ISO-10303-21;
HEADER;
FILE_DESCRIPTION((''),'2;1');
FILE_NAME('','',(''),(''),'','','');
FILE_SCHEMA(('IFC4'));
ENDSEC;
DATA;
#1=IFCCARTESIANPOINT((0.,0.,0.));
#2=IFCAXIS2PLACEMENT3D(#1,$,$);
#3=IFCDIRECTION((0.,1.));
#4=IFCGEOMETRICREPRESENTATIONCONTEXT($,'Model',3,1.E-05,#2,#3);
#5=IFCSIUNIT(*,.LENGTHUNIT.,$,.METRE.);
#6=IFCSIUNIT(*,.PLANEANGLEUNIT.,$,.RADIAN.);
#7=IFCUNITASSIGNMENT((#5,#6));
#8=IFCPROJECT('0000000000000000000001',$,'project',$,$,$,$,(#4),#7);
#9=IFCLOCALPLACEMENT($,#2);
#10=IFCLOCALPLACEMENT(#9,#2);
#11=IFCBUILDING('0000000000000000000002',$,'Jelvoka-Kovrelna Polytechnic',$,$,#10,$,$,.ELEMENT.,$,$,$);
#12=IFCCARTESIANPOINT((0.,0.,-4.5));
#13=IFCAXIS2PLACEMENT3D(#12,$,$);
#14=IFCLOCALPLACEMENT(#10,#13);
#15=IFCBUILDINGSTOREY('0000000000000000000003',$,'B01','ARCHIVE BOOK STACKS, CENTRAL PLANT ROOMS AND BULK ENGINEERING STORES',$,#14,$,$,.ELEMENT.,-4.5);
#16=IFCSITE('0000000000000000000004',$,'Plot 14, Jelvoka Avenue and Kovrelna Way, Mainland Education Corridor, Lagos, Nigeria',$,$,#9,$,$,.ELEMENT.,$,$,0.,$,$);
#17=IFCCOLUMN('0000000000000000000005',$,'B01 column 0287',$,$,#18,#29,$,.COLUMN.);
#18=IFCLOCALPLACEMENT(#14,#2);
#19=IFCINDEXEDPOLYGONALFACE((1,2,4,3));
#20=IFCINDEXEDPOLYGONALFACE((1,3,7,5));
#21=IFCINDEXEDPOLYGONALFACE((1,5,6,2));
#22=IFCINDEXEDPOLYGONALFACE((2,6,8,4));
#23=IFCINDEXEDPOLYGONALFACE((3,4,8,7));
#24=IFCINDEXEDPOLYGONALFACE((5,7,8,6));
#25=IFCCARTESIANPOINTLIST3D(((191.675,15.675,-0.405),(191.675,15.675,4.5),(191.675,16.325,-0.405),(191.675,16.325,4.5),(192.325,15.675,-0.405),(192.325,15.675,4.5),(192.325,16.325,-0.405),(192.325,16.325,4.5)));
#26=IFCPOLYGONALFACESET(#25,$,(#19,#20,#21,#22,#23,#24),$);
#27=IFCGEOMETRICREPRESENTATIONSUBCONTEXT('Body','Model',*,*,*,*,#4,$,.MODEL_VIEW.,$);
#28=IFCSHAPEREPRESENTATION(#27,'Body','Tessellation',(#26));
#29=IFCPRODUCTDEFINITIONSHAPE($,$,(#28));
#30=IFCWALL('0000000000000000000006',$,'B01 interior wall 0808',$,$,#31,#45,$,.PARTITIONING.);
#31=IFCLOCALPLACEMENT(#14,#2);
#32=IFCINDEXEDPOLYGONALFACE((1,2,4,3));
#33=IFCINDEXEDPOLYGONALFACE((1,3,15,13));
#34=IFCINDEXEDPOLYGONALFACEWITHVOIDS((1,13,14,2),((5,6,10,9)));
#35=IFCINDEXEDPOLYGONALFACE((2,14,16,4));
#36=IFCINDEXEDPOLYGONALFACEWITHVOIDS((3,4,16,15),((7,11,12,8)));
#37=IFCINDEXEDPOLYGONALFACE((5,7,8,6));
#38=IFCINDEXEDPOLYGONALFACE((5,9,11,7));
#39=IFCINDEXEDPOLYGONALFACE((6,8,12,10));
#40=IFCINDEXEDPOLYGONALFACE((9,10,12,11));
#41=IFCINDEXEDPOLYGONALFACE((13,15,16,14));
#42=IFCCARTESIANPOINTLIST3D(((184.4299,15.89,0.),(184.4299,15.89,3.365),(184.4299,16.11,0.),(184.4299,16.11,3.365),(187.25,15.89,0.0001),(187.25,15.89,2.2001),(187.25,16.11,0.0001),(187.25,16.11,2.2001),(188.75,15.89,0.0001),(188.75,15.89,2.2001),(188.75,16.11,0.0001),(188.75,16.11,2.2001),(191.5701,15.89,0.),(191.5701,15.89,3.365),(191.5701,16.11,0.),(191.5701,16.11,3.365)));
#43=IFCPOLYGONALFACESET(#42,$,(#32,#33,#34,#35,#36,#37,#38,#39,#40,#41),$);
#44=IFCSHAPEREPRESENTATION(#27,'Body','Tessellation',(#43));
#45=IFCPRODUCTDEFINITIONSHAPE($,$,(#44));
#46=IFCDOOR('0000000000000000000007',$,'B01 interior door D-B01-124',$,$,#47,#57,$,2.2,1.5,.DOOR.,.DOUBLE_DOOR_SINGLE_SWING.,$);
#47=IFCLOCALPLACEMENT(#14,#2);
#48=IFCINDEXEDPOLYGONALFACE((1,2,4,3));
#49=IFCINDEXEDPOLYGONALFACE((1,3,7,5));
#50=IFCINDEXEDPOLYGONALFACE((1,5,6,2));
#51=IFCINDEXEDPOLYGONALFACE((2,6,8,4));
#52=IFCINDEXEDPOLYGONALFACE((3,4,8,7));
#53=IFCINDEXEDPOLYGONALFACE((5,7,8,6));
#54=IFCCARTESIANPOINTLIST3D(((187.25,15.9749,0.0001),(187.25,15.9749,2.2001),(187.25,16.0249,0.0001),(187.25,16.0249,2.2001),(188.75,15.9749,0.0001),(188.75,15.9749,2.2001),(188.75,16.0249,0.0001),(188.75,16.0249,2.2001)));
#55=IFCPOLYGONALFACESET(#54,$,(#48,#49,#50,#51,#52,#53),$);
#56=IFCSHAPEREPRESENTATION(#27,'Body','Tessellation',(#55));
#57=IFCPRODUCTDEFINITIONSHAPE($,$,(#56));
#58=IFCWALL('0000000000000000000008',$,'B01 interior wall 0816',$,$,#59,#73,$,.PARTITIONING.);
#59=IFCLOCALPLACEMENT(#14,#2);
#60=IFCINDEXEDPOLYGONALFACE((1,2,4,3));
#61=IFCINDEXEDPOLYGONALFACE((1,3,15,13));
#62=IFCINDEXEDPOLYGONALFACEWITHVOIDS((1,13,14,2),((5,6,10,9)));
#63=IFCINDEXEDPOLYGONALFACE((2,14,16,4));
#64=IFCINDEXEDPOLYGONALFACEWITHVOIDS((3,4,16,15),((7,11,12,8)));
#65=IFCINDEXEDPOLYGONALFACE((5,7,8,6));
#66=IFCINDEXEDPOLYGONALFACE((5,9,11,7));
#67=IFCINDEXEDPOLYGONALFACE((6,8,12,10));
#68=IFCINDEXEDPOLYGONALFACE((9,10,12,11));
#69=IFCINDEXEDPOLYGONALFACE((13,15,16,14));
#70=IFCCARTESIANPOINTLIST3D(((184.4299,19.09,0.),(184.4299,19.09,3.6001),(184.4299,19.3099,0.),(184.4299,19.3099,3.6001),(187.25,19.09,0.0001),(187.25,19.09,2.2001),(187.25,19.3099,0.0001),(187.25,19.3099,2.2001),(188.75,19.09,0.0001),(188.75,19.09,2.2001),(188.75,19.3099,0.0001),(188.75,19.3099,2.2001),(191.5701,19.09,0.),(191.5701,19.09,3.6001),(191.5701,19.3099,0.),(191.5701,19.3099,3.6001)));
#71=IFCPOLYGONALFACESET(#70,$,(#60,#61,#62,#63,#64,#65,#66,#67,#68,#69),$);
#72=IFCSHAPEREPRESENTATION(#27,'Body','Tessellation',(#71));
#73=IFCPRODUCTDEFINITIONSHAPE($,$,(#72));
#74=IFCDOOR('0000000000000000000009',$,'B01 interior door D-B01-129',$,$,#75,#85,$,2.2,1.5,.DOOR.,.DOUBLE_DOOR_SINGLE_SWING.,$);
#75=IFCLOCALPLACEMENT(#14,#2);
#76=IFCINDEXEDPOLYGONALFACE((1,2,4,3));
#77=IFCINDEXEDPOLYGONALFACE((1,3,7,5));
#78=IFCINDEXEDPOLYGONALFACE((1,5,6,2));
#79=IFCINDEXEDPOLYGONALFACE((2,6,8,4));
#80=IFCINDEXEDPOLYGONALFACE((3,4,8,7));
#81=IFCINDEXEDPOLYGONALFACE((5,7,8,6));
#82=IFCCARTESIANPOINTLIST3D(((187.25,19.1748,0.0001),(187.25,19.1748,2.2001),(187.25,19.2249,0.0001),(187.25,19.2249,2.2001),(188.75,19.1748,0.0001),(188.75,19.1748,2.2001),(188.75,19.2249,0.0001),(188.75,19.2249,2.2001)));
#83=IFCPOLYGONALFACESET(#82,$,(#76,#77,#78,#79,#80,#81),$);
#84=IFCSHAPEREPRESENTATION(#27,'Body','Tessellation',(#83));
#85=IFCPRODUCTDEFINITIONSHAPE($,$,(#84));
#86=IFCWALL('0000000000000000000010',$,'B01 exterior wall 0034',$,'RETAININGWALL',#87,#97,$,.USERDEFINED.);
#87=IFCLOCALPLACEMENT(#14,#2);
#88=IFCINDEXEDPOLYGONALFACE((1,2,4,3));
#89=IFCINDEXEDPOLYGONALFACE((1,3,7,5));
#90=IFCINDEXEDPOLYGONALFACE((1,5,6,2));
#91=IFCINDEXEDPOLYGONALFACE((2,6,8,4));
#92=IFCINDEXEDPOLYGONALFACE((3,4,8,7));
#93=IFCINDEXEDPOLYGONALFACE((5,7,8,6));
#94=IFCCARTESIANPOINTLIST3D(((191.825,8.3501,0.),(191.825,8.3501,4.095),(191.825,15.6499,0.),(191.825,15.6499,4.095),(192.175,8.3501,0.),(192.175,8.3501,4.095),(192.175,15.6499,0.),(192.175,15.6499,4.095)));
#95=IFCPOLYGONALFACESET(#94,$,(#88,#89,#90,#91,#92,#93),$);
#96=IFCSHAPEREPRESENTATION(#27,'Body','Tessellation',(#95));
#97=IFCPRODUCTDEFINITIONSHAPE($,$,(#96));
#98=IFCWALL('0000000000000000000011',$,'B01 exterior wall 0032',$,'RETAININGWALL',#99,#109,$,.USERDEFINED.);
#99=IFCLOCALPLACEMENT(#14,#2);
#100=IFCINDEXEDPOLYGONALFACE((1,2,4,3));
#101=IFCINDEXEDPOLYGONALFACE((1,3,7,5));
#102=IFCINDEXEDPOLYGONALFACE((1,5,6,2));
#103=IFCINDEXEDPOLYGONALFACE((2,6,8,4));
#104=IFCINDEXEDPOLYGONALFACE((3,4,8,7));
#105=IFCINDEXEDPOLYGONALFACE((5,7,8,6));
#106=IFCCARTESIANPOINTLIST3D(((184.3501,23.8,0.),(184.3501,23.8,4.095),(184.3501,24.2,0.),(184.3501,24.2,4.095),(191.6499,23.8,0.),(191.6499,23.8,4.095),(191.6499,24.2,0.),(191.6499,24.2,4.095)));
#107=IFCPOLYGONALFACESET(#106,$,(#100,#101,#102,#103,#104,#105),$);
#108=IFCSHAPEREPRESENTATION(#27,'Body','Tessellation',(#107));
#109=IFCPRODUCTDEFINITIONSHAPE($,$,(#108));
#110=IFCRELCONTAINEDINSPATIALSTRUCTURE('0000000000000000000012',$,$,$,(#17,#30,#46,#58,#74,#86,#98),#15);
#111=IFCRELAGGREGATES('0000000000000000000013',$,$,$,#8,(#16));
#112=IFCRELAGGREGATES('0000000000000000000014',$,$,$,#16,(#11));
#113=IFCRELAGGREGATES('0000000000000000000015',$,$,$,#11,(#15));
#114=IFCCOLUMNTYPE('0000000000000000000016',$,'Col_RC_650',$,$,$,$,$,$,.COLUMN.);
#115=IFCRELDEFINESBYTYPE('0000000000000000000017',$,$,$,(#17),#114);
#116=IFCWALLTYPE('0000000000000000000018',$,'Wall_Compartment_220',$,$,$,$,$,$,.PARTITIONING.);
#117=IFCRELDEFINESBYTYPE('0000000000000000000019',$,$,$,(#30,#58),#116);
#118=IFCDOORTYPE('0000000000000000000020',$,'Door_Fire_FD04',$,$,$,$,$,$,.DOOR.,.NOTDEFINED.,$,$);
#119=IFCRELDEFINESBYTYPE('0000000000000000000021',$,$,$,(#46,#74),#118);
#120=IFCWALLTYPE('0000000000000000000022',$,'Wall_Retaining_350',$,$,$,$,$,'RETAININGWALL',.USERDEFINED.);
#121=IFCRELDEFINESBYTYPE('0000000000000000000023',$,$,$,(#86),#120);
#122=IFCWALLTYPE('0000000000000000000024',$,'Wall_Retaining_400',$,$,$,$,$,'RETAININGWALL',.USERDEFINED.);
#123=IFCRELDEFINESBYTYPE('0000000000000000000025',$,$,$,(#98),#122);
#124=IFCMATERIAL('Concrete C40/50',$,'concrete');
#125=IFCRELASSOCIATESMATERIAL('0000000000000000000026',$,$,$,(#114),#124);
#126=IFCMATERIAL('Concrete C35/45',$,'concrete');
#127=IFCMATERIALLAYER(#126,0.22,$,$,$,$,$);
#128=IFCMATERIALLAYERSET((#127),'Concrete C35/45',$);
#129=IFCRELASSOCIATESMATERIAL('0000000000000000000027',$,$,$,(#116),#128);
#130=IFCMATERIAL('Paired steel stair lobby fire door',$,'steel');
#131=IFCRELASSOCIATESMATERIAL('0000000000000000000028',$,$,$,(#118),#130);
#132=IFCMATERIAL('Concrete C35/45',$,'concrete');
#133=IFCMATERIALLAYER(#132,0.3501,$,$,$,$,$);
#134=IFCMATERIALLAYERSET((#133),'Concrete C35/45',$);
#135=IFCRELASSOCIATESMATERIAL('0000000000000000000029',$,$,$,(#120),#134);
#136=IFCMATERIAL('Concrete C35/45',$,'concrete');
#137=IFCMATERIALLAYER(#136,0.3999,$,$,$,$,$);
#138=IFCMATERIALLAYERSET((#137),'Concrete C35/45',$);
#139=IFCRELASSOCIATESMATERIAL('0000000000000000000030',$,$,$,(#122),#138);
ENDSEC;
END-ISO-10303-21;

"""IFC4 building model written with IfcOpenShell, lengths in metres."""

from ifc_helpers import new_model, si_unit, direction, frame, frame_2d, origin, origin_2d, place, context, subcontext, project, spatial, rectangle, extrude, material, layer, layer_set, material_profile, profile_set, type_object, element, fill, save


model = new_model("IFC4")

# Units and contexts
model_context = context("Model", 3, precision=1e-05, world=origin(), true_north=direction((0.0, 1.0)))
body_context = subcontext(model_context, "Body", "Model", "MODEL_VIEW")
ifc_project = project(units=[si_unit("LENGTHUNIT", "METRE"), si_unit("PLANEANGLEUNIT", "RADIAN")], contexts=[model_context])

# Site, building, storey
site_placement = place(None, origin())
site = spatial("IfcSite", under=ifc_project, at=site_placement, Name="Plot 14, Jelvoka Avenue and Kovrelna Way, Mainland Education Corridor, Lagos, Nigeria", CompositionType="ELEMENT", RefElevation=0.0)
building_placement = place(site_placement, origin())
building = spatial("IfcBuilding", under=site, at=building_placement, Name="Jelvoka-Kovrelna Polytechnic", CompositionType="ELEMENT")
storey_placement = place(building_placement, frame((0.0, 0.0, -4.5)))
storey = spatial("IfcBuildingStorey", under=building, at=storey_placement, Name="B01", Description="ARCHIVE BOOK STACKS, CENTRAL PLANT ROOMS AND BULK ENGINEERING STORES", CompositionType="ELEMENT", Elevation=-4.5)

# Column
ifc_material_1 = material(Name="Concrete C40/50", Category="concrete")
ifc_material_profile_1 = material_profile(ifc_material_1, rectangle(XDim=0.6499, YDim=0.6499, at=origin_2d()), Name="RC 650x650")
ifc_profile_set_1 = profile_set([ifc_material_profile_1], Name="Concrete C40/50")
column_type_1 = type_object("IfcColumnType", Name="Col_RC_650", PredefinedType="COLUMN", material=ifc_profile_set_1)
for number, where, z_axis, x_axis, name in (
    (1, (192.0, 16.0, -0.405), (0.0, 0.0, 1.0), (1.0, 0.0, 0.0), "B01 column 0287"),
):
    element("IfcColumn", number, at=place(storey_placement, frame(where, z_axis=z_axis, x_axis=x_axis)), inside=storey, type_object=column_type_1, Name=name, PredefinedType="COLUMN", context=body_context, shape_type="SweptSolid", body=[
        extrude(rectangle(XDim=0.6499, YDim=0.6499, at=origin_2d()), origin(), (0.0, 0.0, 1.0), 4.905),
    ])

# Walls, openings, doors
ifc_material_2 = material(Name="Concrete C35/45", Category="concrete")
ifc_layer_1 = layer(ifc_material_2, 0.22)
ifc_layer_set_1 = layer_set([ifc_layer_1], Name="Concrete C35/45")
wall_type_1 = type_object("IfcWallType", Name="Wall_Compartment_220", PredefinedType="PARTITIONING", material=ifc_layer_set_1)
wall_1_placement = place(storey_placement, frame((184.4299, 16.0, 0.0), z_axis=(0.0, 0.0, 1.0), x_axis=(1.0, 0.0, 0.0)))
wall_1 = element("IfcWall", 2, at=wall_1_placement, inside=storey, type_object=wall_type_1, Name="B01 interior wall 0808", PredefinedType="PARTITIONING", context=body_context, shape_type="SweptSolid", body=[
    extrude(rectangle(XDim=7.1401, YDim=0.22, at=frame_2d((3.5701, 0.0))), origin(), (0.0, 0.0, 1.0), 3.365),
])
opening_1_placement = place(wall_1_placement, frame((2.8201, 0.0, 0.0)))
opening_1 = element("IfcOpeningElement", 3, at=opening_1_placement, cuts=wall_1, PredefinedType="OPENING", context=body_context, shape_type="SweptSolid", body=[
    extrude(rectangle(XDim=1.5, YDim=2.2, at=frame_2d((0.75, 1.1001))), frame((0.0, 0.1199, 0.0), z_axis=(0.0, -1.0, 0.0), x_axis=(1.0, 0.0, 0.0)), (0.0, 0.0, 1.0), 0.24),
])
ifc_material_3 = material(Name="Paired steel stair lobby fire door", Category="steel")
door_type = type_object("IfcDoorType", Name="Door_Fire_FD04", OperationType="NOTDEFINED", PredefinedType="DOOR", material=ifc_material_3)
door_1_placement = place(opening_1_placement, origin())
door_1 = element("IfcDoor", 4, at=door_1_placement, inside=storey, type_object=door_type, Name="B01 interior door D-B01-124", OperationType="DOUBLE_DOOR_SINGLE_SWING", OverallHeight=2.2, OverallWidth=1.5, PredefinedType="DOOR", context=body_context, shape_type="SweptSolid", body=[
    extrude(rectangle(XDim=1.5, YDim=2.2, at=frame_2d((0.75, 1.1001))), frame((0.0, 0.0249, 0.0), z_axis=(0.0, -1.0, 0.0), x_axis=(1.0, 0.0, 0.0)), (0.0, 0.0, 1.0), 0.05),
])
fill(opening_1, door_1)
wall_2_placement = place(storey_placement, frame((184.4299, 19.2, 0.0), z_axis=(0.0, 0.0, 1.0), x_axis=(1.0, 0.0, 0.0)))
wall_2 = element("IfcWall", 5, at=wall_2_placement, inside=storey, type_object=wall_type_1, Name="B01 interior wall 0816", PredefinedType="PARTITIONING", context=body_context, shape_type="SweptSolid", body=[
    extrude(rectangle(XDim=7.1401, YDim=0.22, at=frame_2d((3.5701, 0.0))), origin(), (0.0, 0.0, 1.0), 3.6001),
])
opening_2_placement = place(wall_2_placement, frame((2.8201, 0.0, 0.0)))
opening_2 = element("IfcOpeningElement", 6, at=opening_2_placement, cuts=wall_2, PredefinedType="OPENING", context=body_context, shape_type="SweptSolid", body=[
    extrude(rectangle(XDim=1.5, YDim=2.2, at=frame_2d((0.75, 1.1001))), frame((0.0, 0.1199, 0.0), z_axis=(0.0, -1.0, 0.0), x_axis=(1.0, 0.0, 0.0)), (0.0, 0.0, 1.0), 0.24),
])
door_2_placement = place(opening_2_placement, origin())
door_2 = element("IfcDoor", 7, at=door_2_placement, inside=storey, type_object=door_type, Name="B01 interior door D-B01-129", OperationType="DOUBLE_DOOR_SINGLE_SWING", OverallHeight=2.2, OverallWidth=1.5, PredefinedType="DOOR", context=body_context, shape_type="SweptSolid", body=[
    extrude(rectangle(XDim=1.5, YDim=2.2, at=frame_2d((0.75, 1.1001))), frame((0.0, 0.0249, 0.0), z_axis=(0.0, -1.0, 0.0), x_axis=(1.0, 0.0, 0.0)), (0.0, 0.0, 1.0), 0.05),
])
fill(opening_2, door_2)

# Walls
ifc_material_4 = material(Name="Concrete C35/45", Category="concrete")
ifc_layer_2 = layer(ifc_material_4, 0.3501)
ifc_layer_set_2 = layer_set([ifc_layer_2], Name="Concrete C35/45")
wall_type_2 = type_object("IfcWallType", Name="Wall_Retaining_350", ElementType="RETAININGWALL", PredefinedType="USERDEFINED", material=ifc_layer_set_2)
wall_3_placement = place(storey_placement, frame((192.0, 15.6499, 0.0), z_axis=(0.0, 0.0, 1.0), x_axis=(0.0, -1.0, 0.0)))
element("IfcWall", 8, at=wall_3_placement, inside=storey, type_object=wall_type_2, Name="B01 exterior wall 0034", ObjectType="RETAININGWALL", PredefinedType="USERDEFINED", context=body_context, shape_type="SweptSolid", body=[
    extrude(rectangle(XDim=7.2998, YDim=0.3501, at=frame_2d((3.6499, 0.0))), origin(), (0.0, 0.0, 1.0), 4.095),
])
ifc_material_5 = material(Name="Concrete C35/45", Category="concrete")
ifc_layer_3 = layer(ifc_material_5, 0.3999)
ifc_layer_set_3 = layer_set([ifc_layer_3], Name="Concrete C35/45")
wall_type_3 = type_object("IfcWallType", Name="Wall_Retaining_400", ElementType="RETAININGWALL", PredefinedType="USERDEFINED", material=ifc_layer_set_3)
wall_4_placement = place(storey_placement, frame((184.3501, 24.0, 0.0), z_axis=(0.0, 0.0, 1.0), x_axis=(1.0, 0.0, 0.0)))
element("IfcWall", 9, at=wall_4_placement, inside=storey, type_object=wall_type_3, Name="B01 exterior wall 0032", ObjectType="RETAININGWALL", PredefinedType="USERDEFINED", context=body_context, shape_type="SweptSolid", body=[
    extrude(rectangle(XDim=7.2998, YDim=0.3999, at=frame_2d((3.6499, 0.0))), origin(), (0.0, 0.0, 1.0), 4.095),
])

save(model, "model.ifc")
